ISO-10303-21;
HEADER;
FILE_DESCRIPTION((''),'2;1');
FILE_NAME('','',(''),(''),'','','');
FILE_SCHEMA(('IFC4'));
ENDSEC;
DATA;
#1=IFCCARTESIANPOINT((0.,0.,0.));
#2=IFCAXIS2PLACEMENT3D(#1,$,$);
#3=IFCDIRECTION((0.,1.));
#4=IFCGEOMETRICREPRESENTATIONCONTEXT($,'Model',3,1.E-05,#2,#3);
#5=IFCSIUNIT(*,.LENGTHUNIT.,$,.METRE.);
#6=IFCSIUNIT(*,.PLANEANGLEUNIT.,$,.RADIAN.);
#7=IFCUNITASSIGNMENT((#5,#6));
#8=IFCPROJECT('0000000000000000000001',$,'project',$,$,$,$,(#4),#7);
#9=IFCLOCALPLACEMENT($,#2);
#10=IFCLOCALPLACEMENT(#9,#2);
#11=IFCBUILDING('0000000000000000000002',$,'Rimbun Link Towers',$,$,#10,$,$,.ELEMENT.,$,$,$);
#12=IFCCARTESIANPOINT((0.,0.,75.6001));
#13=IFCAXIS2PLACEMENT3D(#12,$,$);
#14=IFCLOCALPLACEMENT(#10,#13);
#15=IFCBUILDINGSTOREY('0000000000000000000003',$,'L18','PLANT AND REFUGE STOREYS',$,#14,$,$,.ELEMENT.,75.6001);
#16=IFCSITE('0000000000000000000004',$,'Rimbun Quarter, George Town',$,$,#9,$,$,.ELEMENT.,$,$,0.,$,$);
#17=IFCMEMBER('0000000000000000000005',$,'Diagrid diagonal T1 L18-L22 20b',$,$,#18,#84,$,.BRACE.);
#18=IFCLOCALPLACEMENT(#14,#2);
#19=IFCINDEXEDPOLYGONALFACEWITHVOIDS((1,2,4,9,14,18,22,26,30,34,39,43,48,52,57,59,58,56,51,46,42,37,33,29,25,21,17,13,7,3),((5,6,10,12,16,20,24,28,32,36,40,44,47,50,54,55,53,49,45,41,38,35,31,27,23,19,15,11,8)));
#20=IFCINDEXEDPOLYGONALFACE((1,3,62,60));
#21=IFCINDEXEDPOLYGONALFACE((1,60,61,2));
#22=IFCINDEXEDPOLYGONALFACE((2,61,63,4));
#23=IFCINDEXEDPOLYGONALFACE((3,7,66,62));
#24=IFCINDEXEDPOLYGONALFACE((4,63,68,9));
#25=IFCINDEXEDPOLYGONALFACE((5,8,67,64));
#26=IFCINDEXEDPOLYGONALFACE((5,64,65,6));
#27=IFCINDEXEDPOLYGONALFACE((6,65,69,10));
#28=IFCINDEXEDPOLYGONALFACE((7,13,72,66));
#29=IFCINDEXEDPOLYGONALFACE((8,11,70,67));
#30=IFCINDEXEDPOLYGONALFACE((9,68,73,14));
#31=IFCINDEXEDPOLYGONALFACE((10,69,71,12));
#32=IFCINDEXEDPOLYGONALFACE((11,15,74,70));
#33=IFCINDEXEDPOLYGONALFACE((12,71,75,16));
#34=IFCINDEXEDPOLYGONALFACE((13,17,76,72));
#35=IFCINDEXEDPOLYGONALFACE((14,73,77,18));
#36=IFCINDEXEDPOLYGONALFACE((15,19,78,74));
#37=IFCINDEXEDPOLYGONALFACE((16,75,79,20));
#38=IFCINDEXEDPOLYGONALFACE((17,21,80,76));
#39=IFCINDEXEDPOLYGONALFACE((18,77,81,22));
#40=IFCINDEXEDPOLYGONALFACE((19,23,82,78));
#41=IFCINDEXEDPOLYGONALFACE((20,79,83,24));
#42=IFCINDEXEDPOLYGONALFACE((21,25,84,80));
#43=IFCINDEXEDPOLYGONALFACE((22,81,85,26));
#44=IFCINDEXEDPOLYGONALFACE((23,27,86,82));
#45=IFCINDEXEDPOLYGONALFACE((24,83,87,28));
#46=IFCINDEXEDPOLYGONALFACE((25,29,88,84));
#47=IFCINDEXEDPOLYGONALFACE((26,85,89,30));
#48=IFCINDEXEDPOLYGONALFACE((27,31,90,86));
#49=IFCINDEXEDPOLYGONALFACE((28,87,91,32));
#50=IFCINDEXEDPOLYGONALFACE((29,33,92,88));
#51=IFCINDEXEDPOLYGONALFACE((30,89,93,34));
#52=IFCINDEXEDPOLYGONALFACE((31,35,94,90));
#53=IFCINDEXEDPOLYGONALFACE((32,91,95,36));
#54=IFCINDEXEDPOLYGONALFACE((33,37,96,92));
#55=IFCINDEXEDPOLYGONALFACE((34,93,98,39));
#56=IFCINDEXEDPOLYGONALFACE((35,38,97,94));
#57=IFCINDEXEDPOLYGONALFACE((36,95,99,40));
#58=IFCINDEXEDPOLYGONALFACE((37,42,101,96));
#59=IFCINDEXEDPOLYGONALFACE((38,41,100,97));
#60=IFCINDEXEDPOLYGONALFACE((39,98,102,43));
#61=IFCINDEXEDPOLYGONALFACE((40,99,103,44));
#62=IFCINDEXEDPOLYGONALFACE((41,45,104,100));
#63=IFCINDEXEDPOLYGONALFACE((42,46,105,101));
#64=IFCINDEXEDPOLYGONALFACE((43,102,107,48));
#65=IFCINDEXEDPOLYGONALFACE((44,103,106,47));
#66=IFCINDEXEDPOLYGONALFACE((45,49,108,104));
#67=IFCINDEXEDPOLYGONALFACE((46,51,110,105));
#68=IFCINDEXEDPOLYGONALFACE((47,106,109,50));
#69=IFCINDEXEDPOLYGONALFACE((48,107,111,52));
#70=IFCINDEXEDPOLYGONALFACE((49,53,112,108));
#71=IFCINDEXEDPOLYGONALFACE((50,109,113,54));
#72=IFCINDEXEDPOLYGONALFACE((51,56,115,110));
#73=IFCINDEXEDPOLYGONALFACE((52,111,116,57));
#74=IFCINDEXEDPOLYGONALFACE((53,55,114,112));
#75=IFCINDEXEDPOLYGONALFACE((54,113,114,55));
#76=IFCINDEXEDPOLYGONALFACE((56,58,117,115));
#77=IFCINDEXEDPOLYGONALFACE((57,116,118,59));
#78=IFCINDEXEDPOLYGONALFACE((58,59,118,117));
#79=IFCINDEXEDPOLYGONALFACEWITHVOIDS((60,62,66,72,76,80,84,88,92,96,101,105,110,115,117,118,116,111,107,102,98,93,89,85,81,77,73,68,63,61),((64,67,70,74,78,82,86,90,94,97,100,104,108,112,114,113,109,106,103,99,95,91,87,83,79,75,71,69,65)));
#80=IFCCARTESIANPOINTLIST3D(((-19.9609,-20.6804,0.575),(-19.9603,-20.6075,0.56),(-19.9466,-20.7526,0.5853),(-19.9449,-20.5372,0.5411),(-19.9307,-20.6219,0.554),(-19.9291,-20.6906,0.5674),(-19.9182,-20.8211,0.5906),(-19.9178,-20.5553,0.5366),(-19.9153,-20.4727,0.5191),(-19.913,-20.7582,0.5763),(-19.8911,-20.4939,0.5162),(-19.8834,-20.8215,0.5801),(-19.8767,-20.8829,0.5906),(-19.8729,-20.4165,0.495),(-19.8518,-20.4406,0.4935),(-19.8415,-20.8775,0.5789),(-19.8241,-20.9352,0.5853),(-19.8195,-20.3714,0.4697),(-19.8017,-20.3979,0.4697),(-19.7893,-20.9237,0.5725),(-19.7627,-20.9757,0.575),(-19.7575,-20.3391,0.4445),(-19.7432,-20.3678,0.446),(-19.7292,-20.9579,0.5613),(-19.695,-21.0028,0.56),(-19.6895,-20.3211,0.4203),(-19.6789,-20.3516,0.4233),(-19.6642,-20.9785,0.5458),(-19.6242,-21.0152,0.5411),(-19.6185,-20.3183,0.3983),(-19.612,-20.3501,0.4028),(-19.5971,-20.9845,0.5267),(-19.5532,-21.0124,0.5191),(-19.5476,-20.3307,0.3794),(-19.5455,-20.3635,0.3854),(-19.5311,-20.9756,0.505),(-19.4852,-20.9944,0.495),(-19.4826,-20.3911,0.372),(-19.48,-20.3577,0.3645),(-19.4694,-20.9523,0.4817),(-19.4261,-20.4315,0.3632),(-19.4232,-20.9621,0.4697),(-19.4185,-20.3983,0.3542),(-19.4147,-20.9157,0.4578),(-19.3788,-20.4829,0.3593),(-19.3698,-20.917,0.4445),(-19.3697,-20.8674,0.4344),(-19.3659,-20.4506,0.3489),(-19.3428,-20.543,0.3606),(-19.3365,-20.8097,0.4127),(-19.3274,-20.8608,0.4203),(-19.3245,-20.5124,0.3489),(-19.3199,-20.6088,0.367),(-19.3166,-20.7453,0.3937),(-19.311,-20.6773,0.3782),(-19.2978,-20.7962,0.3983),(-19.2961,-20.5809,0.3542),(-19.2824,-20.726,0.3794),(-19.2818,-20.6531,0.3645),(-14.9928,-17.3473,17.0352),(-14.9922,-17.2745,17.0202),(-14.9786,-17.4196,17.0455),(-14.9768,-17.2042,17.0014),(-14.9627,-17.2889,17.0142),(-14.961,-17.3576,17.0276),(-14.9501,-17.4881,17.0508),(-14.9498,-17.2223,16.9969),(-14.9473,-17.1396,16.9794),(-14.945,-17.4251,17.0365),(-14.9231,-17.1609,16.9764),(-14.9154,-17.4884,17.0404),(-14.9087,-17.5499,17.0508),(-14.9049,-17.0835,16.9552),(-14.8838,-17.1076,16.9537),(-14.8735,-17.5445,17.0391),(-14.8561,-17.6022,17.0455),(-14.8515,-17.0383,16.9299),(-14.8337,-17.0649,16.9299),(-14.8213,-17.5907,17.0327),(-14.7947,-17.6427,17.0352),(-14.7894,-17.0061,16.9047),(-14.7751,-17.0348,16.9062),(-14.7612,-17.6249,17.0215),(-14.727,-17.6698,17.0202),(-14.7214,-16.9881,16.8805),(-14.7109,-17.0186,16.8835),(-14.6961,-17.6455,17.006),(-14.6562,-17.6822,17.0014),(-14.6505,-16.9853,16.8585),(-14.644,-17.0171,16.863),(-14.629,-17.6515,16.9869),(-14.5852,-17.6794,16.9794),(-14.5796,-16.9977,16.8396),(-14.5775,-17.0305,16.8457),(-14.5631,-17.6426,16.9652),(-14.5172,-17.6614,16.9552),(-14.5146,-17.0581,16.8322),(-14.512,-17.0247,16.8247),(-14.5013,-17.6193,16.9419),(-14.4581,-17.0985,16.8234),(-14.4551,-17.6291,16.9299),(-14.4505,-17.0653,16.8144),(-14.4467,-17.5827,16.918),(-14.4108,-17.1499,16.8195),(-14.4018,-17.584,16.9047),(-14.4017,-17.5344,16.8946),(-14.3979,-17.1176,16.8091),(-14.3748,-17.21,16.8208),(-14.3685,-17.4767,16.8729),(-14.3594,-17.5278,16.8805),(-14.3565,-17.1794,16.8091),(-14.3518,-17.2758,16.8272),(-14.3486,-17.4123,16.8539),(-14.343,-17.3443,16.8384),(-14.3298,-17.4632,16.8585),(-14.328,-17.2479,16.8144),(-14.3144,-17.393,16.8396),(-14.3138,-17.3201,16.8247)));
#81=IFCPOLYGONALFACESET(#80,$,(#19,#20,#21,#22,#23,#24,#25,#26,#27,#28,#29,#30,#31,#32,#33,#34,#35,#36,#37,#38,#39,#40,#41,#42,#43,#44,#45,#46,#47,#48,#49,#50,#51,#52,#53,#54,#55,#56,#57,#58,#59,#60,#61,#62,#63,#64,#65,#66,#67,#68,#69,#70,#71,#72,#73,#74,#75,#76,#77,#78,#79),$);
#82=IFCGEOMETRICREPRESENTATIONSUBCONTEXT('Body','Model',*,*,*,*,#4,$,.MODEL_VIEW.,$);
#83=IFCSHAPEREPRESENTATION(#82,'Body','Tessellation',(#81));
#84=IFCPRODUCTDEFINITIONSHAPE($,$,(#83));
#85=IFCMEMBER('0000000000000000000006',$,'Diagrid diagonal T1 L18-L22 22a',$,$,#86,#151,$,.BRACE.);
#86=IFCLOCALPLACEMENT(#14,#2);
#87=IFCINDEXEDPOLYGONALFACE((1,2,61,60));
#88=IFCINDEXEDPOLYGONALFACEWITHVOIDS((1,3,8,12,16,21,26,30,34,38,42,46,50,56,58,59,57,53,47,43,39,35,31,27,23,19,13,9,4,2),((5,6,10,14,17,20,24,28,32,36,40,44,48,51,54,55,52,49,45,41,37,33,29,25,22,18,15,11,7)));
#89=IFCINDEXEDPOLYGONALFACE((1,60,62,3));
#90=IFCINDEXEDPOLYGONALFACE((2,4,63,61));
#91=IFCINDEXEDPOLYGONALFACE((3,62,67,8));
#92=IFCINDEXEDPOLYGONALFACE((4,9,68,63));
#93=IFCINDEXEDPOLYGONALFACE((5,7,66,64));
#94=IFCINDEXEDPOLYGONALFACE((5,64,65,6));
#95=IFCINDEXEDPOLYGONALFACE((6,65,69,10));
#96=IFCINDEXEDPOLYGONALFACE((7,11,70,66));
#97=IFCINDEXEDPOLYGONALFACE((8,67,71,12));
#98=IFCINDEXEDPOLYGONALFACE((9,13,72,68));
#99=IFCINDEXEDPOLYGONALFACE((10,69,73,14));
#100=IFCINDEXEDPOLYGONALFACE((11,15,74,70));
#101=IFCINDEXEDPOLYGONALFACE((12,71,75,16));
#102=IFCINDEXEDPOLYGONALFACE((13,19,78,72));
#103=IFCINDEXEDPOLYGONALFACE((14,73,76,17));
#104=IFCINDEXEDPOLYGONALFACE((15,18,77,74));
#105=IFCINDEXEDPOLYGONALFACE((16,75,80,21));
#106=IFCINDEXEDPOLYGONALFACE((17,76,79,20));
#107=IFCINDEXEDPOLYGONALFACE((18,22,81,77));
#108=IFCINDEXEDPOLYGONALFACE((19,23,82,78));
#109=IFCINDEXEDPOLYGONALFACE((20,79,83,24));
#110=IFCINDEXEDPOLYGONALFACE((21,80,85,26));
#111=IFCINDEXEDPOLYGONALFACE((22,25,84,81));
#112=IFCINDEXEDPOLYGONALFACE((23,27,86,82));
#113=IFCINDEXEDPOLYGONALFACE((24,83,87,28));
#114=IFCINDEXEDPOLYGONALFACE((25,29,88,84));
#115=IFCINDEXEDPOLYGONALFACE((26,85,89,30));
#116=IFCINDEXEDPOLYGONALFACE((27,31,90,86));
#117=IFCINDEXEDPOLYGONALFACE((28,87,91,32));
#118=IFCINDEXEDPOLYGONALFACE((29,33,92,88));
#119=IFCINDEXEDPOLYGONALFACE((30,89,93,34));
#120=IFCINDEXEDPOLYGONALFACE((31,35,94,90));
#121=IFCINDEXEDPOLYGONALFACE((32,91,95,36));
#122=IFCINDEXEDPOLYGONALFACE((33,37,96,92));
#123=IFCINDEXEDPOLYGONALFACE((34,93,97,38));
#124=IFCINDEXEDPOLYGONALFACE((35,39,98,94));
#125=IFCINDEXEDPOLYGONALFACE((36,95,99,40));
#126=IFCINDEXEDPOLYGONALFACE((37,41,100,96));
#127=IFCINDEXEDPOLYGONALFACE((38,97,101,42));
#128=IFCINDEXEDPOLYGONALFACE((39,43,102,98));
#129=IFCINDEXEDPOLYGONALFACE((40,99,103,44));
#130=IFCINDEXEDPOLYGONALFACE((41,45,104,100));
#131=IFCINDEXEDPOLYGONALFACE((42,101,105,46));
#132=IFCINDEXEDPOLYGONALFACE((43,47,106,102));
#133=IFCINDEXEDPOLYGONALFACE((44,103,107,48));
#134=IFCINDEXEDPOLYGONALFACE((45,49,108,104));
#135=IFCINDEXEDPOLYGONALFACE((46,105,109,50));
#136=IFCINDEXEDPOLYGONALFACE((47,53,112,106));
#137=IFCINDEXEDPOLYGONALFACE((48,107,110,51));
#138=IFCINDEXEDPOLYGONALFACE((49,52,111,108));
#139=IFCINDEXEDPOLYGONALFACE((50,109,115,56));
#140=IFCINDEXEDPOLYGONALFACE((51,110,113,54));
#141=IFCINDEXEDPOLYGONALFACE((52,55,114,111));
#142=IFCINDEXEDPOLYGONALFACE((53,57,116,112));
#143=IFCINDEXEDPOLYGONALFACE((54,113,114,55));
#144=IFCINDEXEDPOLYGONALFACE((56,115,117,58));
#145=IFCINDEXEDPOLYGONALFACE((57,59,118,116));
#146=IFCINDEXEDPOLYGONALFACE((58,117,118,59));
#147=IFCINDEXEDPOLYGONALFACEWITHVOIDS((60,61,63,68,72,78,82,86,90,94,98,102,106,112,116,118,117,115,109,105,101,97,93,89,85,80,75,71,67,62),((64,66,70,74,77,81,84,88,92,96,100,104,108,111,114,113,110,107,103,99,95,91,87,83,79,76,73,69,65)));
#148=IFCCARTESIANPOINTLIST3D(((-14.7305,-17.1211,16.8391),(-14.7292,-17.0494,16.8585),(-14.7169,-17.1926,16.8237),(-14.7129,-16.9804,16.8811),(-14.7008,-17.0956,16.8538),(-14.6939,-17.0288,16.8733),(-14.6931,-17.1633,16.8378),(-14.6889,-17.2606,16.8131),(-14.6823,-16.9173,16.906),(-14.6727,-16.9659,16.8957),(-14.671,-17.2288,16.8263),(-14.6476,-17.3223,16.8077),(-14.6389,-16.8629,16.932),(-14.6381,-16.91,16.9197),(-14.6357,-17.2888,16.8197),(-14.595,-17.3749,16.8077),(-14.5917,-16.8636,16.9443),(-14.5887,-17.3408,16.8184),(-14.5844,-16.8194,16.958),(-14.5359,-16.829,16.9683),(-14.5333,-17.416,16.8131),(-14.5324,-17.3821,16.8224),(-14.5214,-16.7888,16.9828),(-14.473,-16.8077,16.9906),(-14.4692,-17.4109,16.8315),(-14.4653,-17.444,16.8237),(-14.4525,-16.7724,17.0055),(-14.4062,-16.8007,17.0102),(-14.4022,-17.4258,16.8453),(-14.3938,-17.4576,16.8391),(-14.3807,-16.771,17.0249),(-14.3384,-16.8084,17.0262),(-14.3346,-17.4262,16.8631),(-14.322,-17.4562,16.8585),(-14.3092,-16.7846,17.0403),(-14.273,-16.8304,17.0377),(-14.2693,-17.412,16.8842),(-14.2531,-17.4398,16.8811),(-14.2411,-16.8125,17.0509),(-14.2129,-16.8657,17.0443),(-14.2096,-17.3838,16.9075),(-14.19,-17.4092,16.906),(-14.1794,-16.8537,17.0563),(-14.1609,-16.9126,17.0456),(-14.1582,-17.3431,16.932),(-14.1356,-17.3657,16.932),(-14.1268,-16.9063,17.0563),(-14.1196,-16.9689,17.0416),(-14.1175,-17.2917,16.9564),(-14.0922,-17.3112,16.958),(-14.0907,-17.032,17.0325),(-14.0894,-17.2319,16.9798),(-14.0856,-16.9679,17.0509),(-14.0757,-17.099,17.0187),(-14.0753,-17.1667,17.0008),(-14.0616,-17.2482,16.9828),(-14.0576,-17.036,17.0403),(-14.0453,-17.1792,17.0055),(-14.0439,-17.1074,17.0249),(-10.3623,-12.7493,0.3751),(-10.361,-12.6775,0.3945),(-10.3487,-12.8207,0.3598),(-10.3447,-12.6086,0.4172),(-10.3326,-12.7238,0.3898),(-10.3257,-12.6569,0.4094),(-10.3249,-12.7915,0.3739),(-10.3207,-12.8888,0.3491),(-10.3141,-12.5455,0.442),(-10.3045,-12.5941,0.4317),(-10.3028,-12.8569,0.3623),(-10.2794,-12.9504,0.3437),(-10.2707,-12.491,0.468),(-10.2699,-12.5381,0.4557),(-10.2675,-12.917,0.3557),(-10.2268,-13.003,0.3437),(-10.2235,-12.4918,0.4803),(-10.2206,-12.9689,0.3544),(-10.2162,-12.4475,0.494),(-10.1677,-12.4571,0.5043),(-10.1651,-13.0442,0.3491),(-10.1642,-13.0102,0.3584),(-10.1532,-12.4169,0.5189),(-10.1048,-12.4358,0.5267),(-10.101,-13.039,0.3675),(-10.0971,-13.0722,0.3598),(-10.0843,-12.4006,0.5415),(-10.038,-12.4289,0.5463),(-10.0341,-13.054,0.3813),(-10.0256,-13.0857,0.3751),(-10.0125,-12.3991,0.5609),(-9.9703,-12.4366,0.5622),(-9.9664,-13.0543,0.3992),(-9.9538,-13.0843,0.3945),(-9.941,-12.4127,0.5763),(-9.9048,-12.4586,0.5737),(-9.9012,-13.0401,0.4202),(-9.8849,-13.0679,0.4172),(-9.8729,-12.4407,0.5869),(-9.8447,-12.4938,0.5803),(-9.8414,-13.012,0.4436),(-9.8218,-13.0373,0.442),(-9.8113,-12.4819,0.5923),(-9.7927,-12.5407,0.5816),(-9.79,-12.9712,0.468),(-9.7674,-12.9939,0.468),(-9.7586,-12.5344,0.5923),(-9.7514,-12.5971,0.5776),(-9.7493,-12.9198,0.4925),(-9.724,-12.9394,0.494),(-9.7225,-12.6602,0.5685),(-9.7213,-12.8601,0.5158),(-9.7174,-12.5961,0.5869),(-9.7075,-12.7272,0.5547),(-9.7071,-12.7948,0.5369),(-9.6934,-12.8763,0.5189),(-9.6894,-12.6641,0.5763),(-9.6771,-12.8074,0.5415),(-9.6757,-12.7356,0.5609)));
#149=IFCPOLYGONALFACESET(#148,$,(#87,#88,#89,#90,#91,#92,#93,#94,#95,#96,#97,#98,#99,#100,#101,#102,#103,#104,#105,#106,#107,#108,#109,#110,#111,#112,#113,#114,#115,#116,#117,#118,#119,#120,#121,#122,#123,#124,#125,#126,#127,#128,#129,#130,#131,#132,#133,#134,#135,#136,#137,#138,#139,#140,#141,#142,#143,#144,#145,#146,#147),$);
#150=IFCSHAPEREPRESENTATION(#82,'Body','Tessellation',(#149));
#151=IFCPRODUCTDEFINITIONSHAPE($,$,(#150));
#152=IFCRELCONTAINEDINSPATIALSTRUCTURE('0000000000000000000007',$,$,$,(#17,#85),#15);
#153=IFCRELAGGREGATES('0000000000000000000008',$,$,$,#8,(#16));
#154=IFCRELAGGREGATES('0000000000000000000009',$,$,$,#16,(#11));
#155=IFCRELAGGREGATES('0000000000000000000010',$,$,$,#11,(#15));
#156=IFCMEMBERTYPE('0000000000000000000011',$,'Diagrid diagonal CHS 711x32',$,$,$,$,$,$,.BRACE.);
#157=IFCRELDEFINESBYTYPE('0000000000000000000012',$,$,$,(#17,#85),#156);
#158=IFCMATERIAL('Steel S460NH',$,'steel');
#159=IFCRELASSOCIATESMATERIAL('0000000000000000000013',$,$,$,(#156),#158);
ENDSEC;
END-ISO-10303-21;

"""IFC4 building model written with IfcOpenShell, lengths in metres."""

from ifc_helpers import new_model, si_unit, direction, frame, origin, origin_2d, place, context, subcontext, project, spatial, hollow_circle, extrude, material, material_profile, profile_set, type_object, element, save


model = new_model("IFC4")

# Units and contexts
model_context = context("Model", 3, precision=1e-05, world=origin(), true_north=direction((0.0, 1.0)))
body_context = subcontext(model_context, "Body", "Model", "MODEL_VIEW")
ifc_project = project(units=[si_unit("LENGTHUNIT", "METRE"), si_unit("PLANEANGLEUNIT", "RADIAN")], contexts=[model_context])

# Site, building, storey
site_placement = place(None, origin())
site = spatial("IfcSite", under=ifc_project, at=site_placement, Name="Rimbun Quarter, George Town", CompositionType="ELEMENT", RefElevation=0.0)
building_placement = place(site_placement, origin())
building = spatial("IfcBuilding", under=site, at=building_placement, Name="Rimbun Link Towers", CompositionType="ELEMENT")
storey_placement = place(building_placement, frame((0.0, 0.0, 75.6001)))
storey = spatial("IfcBuildingStorey", under=building, at=storey_placement, Name="L18", Description="PLANT AND REFUGE STOREYS", CompositionType="ELEMENT", Elevation=75.6001)

# Members
ifc_material_1 = material(Name="Steel S460NH", Category="steel")
ifc_material_profile_1 = material_profile(ifc_material_1, hollow_circle(Radius=0.3557, WallThickness=0.032, at=origin_2d()), Name="Diagrid diagonal CHS 711x32")
ifc_profile_set_1 = profile_set([ifc_material_profile_1], Name="Steel S460NH")
member_type_1 = type_object("IfcMemberType", Name="Diagrid diagonal CHS 711x32", PredefinedType="BRACE", material=ifc_profile_set_1)
member_1_placement = place(storey_placement, frame((-19.6213, -20.6667, 0.4697), z_axis=(0.283665, 0.190309, 0.939849), x_axis=(-0.557128, 0.830427, 0.0)))
element("IfcMember", 1, at=member_1_placement, inside=storey, type_object=member_type_1, Name="Diagrid diagonal T1 L18-L22 20b", PredefinedType="BRACE", context=body_context, shape_type="SweptSolid", body=[
    extrude(hollow_circle(Radius=0.3557, WallThickness=0.032, at=origin_2d()), origin(), (0.0, 0.0, 1.0), 17.5137),
])
member_2_placement = place(storey_placement, frame((-10.019, -12.7424, 0.468), z_axis=(-0.248395, -0.248603, 0.936214), x_axis=(0.707403, -0.70681, 0.0)))
element("IfcMember", 2, at=member_2_placement, inside=storey, type_object=member_type_1, Name="Diagrid diagonal T1 L18-L22 22a", PredefinedType="BRACE", context=body_context, shape_type="SweptSolid", body=[
    extrude(hollow_circle(Radius=0.3557, WallThickness=0.032, at=origin_2d()), origin(), (0.0, 0.0, 1.0), 17.5857),
])

save(model, "model.ifc")
